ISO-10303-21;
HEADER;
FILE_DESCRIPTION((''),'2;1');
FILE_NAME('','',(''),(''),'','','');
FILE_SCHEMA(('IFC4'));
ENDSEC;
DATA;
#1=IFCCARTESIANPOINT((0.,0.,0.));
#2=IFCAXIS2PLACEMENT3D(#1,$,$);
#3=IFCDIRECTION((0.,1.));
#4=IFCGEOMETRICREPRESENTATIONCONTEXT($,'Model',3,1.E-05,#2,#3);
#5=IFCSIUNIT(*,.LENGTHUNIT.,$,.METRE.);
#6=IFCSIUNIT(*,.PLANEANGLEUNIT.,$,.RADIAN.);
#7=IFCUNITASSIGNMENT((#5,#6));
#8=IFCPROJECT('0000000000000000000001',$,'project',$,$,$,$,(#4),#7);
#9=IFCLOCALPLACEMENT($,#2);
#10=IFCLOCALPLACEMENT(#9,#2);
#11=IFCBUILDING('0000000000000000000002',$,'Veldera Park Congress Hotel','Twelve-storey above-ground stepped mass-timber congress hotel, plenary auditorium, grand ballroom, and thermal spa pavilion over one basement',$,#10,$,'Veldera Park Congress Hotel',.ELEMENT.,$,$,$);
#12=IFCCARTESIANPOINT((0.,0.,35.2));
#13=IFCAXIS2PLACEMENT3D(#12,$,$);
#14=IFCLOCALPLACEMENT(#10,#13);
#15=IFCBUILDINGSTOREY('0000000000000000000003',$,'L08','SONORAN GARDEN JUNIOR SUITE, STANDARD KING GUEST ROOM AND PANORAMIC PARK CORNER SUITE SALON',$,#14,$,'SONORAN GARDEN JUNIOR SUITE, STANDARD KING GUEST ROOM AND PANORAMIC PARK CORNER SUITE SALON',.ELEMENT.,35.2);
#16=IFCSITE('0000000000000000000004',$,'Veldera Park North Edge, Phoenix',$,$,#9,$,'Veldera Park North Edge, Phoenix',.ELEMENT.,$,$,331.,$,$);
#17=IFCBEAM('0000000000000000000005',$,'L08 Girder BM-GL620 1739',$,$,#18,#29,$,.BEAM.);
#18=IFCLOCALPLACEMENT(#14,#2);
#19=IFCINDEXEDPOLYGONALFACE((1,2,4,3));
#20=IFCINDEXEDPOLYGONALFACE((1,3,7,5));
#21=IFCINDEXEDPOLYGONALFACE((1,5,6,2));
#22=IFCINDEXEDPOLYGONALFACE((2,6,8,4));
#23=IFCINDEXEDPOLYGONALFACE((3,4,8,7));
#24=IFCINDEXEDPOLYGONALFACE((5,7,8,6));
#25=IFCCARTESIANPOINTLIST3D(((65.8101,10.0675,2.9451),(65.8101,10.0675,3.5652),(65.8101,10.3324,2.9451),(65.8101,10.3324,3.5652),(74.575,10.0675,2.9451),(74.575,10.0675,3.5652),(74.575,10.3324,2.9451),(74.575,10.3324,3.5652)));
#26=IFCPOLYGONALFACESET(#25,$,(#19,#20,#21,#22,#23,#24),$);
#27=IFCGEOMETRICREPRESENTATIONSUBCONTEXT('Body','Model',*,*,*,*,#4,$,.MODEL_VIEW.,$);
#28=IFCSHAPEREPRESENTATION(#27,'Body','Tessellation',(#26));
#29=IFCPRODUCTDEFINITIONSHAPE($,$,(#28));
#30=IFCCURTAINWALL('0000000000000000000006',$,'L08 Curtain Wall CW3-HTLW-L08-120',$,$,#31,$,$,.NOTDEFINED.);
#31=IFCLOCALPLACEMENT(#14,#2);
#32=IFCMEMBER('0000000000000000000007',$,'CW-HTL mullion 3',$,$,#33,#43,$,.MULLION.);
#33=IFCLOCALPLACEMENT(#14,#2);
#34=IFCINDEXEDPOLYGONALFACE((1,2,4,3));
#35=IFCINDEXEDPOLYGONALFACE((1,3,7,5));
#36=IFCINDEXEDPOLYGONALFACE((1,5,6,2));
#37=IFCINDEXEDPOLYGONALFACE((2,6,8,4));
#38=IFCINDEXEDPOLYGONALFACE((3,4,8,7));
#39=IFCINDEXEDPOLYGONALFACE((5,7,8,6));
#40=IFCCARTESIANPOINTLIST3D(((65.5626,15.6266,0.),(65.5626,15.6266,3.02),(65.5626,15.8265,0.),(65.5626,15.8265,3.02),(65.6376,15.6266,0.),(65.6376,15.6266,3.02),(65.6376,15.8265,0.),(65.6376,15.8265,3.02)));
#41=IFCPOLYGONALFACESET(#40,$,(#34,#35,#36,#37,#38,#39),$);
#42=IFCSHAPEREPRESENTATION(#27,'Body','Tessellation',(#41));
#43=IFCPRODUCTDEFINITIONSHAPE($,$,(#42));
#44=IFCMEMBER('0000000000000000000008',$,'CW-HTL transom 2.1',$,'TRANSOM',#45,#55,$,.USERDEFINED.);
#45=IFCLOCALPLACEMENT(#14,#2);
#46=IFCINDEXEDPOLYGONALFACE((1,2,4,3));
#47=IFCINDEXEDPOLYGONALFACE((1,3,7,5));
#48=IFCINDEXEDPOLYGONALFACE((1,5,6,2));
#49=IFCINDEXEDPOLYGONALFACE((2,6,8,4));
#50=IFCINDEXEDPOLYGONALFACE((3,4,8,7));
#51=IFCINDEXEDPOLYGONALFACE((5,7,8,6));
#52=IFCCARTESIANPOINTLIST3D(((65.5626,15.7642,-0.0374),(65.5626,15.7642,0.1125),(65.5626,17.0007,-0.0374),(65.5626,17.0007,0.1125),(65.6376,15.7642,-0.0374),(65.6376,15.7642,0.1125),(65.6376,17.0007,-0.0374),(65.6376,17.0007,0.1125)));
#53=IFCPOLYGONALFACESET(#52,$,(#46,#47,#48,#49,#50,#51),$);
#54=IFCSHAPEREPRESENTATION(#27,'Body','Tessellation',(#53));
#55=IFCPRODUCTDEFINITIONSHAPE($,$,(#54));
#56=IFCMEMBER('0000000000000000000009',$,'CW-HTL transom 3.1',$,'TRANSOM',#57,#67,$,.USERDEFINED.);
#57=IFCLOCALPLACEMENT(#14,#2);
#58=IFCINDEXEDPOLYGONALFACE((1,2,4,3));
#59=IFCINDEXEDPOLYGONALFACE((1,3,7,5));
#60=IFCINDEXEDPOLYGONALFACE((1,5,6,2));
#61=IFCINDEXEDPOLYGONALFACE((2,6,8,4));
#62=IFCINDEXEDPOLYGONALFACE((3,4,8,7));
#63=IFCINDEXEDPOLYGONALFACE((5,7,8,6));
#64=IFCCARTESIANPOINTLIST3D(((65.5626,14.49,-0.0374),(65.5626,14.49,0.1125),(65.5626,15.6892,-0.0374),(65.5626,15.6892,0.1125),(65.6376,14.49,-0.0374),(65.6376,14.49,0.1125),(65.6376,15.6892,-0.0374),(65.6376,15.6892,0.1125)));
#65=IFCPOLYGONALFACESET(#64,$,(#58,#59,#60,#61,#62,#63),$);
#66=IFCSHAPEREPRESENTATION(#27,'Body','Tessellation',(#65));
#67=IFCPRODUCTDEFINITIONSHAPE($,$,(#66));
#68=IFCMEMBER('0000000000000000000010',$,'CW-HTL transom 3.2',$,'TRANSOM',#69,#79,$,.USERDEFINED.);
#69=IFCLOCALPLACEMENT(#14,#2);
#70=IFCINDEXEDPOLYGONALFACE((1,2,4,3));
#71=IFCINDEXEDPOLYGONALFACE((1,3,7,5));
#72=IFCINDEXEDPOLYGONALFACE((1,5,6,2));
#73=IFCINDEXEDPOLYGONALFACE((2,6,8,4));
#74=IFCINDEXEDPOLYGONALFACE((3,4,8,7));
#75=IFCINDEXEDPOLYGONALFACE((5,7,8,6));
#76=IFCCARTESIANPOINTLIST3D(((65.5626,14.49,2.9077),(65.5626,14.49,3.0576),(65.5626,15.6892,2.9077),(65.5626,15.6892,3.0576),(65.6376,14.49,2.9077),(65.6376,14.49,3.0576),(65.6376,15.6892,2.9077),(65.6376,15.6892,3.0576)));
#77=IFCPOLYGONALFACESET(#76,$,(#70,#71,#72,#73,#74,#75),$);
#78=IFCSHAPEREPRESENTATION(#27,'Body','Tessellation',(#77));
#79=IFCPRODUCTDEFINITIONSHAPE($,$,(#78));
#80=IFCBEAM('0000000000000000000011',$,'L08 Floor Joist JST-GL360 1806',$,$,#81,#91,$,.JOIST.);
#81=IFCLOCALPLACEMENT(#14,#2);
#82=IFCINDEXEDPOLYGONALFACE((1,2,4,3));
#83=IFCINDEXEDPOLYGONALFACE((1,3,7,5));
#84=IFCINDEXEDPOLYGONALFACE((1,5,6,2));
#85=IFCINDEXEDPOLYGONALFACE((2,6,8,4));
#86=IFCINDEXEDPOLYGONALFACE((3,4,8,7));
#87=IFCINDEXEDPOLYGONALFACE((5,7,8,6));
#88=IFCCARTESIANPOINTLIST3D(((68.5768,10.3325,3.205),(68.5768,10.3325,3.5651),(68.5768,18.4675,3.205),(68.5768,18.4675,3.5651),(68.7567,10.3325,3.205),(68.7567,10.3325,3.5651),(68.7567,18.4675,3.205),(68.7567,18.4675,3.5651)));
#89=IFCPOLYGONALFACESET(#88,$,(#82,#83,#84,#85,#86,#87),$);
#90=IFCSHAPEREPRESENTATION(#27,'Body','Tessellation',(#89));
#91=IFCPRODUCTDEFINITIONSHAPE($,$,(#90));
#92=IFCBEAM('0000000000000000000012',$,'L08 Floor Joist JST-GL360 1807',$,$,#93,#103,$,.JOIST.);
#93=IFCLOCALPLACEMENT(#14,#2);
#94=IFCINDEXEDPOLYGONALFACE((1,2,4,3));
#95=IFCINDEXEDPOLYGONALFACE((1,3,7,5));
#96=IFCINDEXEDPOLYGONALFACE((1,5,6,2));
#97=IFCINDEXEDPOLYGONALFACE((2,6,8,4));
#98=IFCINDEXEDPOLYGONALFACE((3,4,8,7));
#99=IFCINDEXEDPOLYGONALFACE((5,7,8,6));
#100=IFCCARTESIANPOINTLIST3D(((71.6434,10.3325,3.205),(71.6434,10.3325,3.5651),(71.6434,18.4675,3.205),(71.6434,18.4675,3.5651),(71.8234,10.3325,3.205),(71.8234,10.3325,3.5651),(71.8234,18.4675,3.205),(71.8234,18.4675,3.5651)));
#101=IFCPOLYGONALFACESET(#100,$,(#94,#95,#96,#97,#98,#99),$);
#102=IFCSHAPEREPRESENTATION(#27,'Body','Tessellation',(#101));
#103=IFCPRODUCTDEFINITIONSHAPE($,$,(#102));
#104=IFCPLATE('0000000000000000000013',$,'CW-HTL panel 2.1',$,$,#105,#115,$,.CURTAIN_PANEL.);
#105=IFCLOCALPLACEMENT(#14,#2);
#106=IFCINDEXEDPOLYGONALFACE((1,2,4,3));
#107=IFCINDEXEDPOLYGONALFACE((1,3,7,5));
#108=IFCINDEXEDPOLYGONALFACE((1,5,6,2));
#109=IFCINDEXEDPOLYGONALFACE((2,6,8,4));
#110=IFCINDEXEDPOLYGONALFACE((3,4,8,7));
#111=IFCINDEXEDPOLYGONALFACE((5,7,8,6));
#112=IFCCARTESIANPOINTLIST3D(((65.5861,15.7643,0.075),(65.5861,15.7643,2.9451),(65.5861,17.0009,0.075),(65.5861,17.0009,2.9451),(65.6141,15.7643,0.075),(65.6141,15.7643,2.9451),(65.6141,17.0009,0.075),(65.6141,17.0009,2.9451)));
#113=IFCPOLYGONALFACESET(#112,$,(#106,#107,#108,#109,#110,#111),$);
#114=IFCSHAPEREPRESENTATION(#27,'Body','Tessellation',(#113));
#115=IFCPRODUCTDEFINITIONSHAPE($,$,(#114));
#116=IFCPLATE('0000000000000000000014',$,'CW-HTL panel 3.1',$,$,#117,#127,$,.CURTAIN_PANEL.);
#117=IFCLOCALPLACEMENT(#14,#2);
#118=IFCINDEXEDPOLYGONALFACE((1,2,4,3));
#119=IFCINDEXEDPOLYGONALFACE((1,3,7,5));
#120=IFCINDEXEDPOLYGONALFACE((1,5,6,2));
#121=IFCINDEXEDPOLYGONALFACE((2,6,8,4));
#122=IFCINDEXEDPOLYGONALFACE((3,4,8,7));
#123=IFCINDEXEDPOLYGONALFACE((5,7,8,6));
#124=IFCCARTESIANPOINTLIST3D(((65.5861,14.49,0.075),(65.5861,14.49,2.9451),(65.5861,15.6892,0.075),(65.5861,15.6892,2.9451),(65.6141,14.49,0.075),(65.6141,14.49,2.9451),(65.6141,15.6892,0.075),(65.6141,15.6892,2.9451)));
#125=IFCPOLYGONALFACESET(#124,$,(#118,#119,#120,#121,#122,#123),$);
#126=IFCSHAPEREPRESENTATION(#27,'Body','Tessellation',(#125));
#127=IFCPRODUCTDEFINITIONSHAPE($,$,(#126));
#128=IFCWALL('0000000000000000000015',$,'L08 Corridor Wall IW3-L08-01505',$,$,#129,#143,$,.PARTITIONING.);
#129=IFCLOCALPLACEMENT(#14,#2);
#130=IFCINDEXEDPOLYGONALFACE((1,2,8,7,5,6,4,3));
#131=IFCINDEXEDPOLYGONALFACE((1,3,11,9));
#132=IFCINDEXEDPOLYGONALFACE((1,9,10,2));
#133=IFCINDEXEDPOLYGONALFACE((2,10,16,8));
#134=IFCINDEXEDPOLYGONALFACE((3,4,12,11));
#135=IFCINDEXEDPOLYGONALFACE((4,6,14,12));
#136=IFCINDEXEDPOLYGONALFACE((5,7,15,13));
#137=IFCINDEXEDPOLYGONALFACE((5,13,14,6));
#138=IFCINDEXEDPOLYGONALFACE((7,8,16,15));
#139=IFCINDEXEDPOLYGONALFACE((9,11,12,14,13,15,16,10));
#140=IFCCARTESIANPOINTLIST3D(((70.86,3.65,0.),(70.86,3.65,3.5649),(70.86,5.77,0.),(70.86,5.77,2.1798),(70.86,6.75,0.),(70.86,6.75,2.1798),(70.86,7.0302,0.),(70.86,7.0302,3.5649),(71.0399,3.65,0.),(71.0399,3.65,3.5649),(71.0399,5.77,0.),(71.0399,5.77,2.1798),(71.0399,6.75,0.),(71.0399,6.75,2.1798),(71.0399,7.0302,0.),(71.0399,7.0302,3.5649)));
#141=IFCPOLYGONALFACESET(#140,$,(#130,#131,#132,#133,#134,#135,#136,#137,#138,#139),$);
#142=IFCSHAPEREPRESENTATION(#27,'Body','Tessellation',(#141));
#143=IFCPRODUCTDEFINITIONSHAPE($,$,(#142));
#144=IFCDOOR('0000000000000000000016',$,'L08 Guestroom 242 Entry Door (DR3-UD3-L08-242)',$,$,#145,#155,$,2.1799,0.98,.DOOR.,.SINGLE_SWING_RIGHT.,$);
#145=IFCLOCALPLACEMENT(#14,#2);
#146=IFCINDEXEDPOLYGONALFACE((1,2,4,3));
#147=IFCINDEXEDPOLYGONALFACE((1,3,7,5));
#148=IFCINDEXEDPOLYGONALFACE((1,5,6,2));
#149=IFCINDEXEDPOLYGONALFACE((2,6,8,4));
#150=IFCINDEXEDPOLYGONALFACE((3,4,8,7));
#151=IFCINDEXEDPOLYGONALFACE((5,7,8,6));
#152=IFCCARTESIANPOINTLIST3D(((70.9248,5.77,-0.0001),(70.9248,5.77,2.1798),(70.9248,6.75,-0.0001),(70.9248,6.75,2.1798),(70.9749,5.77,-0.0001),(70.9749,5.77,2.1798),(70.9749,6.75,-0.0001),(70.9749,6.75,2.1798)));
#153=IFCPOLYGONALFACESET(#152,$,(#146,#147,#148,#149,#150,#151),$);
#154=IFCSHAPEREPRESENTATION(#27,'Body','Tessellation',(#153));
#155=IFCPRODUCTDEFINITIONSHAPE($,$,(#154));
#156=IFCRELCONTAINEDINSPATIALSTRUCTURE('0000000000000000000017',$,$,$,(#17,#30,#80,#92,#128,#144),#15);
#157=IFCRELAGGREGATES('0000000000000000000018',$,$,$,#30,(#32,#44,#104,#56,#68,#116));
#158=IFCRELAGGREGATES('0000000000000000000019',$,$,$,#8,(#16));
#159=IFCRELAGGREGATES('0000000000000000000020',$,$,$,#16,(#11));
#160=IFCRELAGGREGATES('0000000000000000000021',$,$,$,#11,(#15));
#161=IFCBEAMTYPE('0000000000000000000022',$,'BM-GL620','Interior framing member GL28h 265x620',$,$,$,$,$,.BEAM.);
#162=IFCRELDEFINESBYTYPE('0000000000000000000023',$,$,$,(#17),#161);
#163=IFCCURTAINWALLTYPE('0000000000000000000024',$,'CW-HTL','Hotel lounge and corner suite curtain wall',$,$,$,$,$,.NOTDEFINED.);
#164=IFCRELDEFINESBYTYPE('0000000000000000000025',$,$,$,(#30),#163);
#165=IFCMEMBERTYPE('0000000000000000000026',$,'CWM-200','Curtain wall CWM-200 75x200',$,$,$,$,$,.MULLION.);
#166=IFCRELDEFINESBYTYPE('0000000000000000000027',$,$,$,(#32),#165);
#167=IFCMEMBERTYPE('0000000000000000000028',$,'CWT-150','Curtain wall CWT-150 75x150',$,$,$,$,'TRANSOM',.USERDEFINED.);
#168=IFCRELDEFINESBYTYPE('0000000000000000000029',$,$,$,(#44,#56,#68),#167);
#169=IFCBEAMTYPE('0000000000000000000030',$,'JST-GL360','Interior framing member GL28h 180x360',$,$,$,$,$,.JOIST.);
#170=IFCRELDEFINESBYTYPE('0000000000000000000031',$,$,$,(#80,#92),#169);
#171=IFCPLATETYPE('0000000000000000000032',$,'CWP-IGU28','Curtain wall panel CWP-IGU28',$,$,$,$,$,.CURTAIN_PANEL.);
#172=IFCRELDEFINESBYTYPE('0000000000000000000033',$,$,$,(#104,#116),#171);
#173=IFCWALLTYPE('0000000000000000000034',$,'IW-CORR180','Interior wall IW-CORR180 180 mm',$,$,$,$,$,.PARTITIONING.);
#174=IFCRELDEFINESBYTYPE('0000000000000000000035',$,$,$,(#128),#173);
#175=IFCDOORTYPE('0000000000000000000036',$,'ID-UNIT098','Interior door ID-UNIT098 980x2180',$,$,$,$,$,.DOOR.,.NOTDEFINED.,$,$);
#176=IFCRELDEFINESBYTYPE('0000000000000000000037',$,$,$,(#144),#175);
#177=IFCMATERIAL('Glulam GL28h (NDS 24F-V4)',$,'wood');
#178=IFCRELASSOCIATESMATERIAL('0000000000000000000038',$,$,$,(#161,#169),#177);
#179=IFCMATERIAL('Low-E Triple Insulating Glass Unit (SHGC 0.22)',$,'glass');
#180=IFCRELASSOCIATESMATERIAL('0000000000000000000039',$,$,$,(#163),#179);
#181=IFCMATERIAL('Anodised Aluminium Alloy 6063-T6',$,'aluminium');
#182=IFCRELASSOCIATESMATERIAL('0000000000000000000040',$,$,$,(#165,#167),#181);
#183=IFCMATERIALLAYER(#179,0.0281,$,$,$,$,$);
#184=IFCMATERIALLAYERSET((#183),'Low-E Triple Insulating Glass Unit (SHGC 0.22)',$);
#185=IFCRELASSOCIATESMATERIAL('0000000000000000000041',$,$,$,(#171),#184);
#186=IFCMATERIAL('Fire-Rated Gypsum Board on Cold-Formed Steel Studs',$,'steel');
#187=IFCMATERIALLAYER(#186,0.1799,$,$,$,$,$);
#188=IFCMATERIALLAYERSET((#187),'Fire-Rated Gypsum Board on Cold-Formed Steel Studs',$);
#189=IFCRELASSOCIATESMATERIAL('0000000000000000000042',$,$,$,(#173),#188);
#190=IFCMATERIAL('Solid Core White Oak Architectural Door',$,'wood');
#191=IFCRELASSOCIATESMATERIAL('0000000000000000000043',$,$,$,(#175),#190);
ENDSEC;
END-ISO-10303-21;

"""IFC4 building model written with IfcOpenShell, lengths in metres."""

from ifc_helpers import new_model, si_unit, direction, frame, frame_2d, origin, origin_2d, place, context, subcontext, project, spatial, rectangle, extrude, material, layer, layer_set, material_profile, profile_set, type_object, element, fill, aggregate, save


model = new_model("IFC4")

# Units and contexts
model_context = context("Model", 3, precision=1e-05, world=origin(), true_north=direction((0.0, 1.0)))
body_context = subcontext(model_context, "Body", "Model", "MODEL_VIEW")
ifc_project = project(units=[si_unit("LENGTHUNIT", "METRE"), si_unit("PLANEANGLEUNIT", "RADIAN")], contexts=[model_context])

# Site, building, storey
site_placement = place(None, origin())
site = spatial("IfcSite", under=ifc_project, at=site_placement, Name="Veldera Park North Edge, Phoenix", LongName="Veldera Park North Edge, Phoenix", CompositionType="ELEMENT", RefElevation=331.0)
building_placement = place(site_placement, origin())
building = spatial("IfcBuilding", under=site, at=building_placement, Name="Veldera Park Congress Hotel", Description="Twelve-storey above-ground stepped mass-timber congress hotel, plenary auditorium, grand ballroom, and thermal spa pavilion over one basement", LongName="Veldera Park Congress Hotel", CompositionType="ELEMENT")
storey_placement = place(building_placement, frame((0.0, 0.0, 35.2)))
storey = spatial("IfcBuildingStorey", under=building, at=storey_placement, Name="L08", Description="SONORAN GARDEN JUNIOR SUITE, STANDARD KING GUEST ROOM AND PANORAMIC PARK CORNER SUITE SALON", LongName="SONORAN GARDEN JUNIOR SUITE, STANDARD KING GUEST ROOM AND PANORAMIC PARK CORNER SUITE SALON", CompositionType="ELEMENT", Elevation=35.2)

# Beam
ifc_material_1 = material(Name="Glulam GL28h (NDS 24F-V4)", Category="wood")
ifc_material_profile_1 = material_profile(ifc_material_1, rectangle(XDim=0.2649, YDim=0.6201, at=origin_2d()), Name="GL28h 265x620")
ifc_profile_set_1 = profile_set([ifc_material_profile_1], Name="Glulam GL28h (NDS 24F-V4)")
beam_type_1 = type_object("IfcBeamType", Name="BM-GL620", Description="Interior framing member GL28h 265x620", PredefinedType="BEAM", material=ifc_profile_set_1)
beam_placement = place(storey_placement, frame((65.8101, 10.2, 3.2551), z_axis=(1.0, 0.0, 0.0), x_axis=(0.0, 1.0, 0.0)))
element("IfcBeam", 1, at=beam_placement, inside=storey, type_object=beam_type_1, Name="L08 Girder BM-GL620 1739", PredefinedType="BEAM", context=body_context, shape_type="SweptSolid", body=[
    extrude(rectangle(XDim=0.2649, YDim=0.6201, at=origin_2d()), origin(), (0.0, 0.0, 1.0), 8.7649),
])

# Curtain wall, members
ifc_material_2 = material(Name="Low-E Triple Insulating Glass Unit (SHGC 0.22)", Category="glass")
curtain_wall_type = type_object("IfcCurtainWallType", Name="CW-HTL", Description="Hotel lounge and corner suite curtain wall", PredefinedType="NOTDEFINED", material=ifc_material_2)
curtain_wall_placement = place(storey_placement, origin())
curtain_wall = element("IfcCurtainWall", 2, at=curtain_wall_placement, inside=storey, type_object=curtain_wall_type, Name="L08 Curtain Wall CW3-HTLW-L08-120", PredefinedType="NOTDEFINED")
ifc_material_3 = material(Name="Anodised Aluminium Alloy 6063-T6", Category="aluminium")
ifc_material_profile_2 = material_profile(ifc_material_3, rectangle(XDim=0.075, YDim=0.2, at=origin_2d()), Name="ALU 75x200")
ifc_profile_set_2 = profile_set([ifc_material_profile_2], Name="Anodised Aluminium Alloy 6063-T6")
member_type_1 = type_object("IfcMemberType", Name="CWM-200", Description="Curtain wall CWM-200 75x200", PredefinedType="MULLION", material=ifc_profile_set_2)
member_1_placement = place(storey_placement, frame((65.6001, 15.7266, 0.0), z_axis=(0.0, 0.0, 1.0), x_axis=(1.0, 0.0, 0.0)))
member_1 = element("IfcMember", 3, at=member_1_placement, type_object=member_type_1, Name="CW-HTL mullion 3", PredefinedType="MULLION", context=body_context, shape_type="SweptSolid", body=[
    extrude(rectangle(XDim=0.075, YDim=0.2, at=origin_2d()), origin(), (0.0, 0.0, 1.0), 3.02),
])
ifc_material_profile_3 = material_profile(ifc_material_3, rectangle(XDim=0.075, YDim=0.1499, at=origin_2d()), Name="ALU 75x150")
ifc_profile_set_3 = profile_set([ifc_material_profile_3], Name="Anodised Aluminium Alloy 6063-T6")
member_type_2 = type_object("IfcMemberType", Name="CWT-150", Description="Curtain wall CWT-150 75x150", ElementType="TRANSOM", PredefinedType="USERDEFINED", material=ifc_profile_set_3)
member_2_placement = place(storey_placement, frame((65.6001, 17.0007, 0.0376), z_axis=(0.0, -1.0, 0.0), x_axis=(1.0, 0.0, 0.0)))
member_2 = element("IfcMember", 4, at=member_2_placement, type_object=member_type_2, Name="CW-HTL transom 2.1", ObjectType="TRANSOM", PredefinedType="USERDEFINED", context=body_context, shape_type="SweptSolid", body=[
    extrude(rectangle(XDim=0.075, YDim=0.1499, at=origin_2d()), origin(), (0.0, 0.0, 1.0), 1.2366),
])
member_3_placement = place(storey_placement, frame((65.6001, 15.6892, 0.0376), z_axis=(0.0, -1.0, 0.0), x_axis=(1.0, 0.0, 0.0)))
member_3 = element("IfcMember", 5, at=member_3_placement, type_object=member_type_2, Name="CW-HTL transom 3.1", ObjectType="TRANSOM", PredefinedType="USERDEFINED", context=body_context, shape_type="SweptSolid", body=[
    extrude(rectangle(XDim=0.075, YDim=0.1499, at=origin_2d()), origin(), (0.0, 0.0, 1.0), 1.1992),
])
member_4_placement = place(storey_placement, frame((65.6001, 15.6892, 2.9827), z_axis=(0.0, -1.0, 0.0), x_axis=(1.0, 0.0, 0.0)))
member_4 = element("IfcMember", 6, at=member_4_placement, type_object=member_type_2, Name="CW-HTL transom 3.2", ObjectType="TRANSOM", PredefinedType="USERDEFINED", context=body_context, shape_type="SweptSolid", body=[
    extrude(rectangle(XDim=0.075, YDim=0.1499, at=origin_2d()), origin(), (0.0, 0.0, 1.0), 1.1992),
])

# Beams
ifc_material_profile_4 = material_profile(ifc_material_1, rectangle(XDim=0.1799, YDim=0.3601, at=origin_2d()), Name="GL28h 180x360")
ifc_profile_set_4 = profile_set([ifc_material_profile_4], Name="Glulam GL28h (NDS 24F-V4)")
beam_type_2 = type_object("IfcBeamType", Name="JST-GL360", Description="Interior framing member GL28h 180x360", PredefinedType="JOIST", material=ifc_profile_set_4)
for number, where, z_axis, x_axis, name in (
    (7, (68.6667, 10.3325, 3.385), (0.0, 1.0, 0.0), (-1.0, 0.0, 0.0), "L08 Floor Joist JST-GL360 1806"),
    (8, (71.7334, 10.3325, 3.385), (0.0, 1.0, 0.0), (-1.0, 0.0, 0.0), "L08 Floor Joist JST-GL360 1807"),
):
    element("IfcBeam", number, at=place(storey_placement, frame(where, z_axis=z_axis, x_axis=x_axis)), inside=storey, type_object=beam_type_2, Name=name, PredefinedType="JOIST", context=body_context, shape_type="SweptSolid", body=[
        extrude(rectangle(XDim=0.1799, YDim=0.3601, at=origin_2d()), origin(), (0.0, 0.0, 1.0), 8.135),
    ])

# Plates
ifc_layer_1 = layer(ifc_material_2, 0.0281)
ifc_layer_set_1 = layer_set([ifc_layer_1], Name="Low-E Triple Insulating Glass Unit (SHGC 0.22)")
plate_type = type_object("IfcPlateType", Name="CWP-IGU28", Description="Curtain wall panel CWP-IGU28", PredefinedType="CURTAIN_PANEL", material=ifc_layer_set_1)
plate_1_placement = place(storey_placement, frame((65.6001, 16.3826, 0.075), z_axis=(0.0, 0.0, 1.0), x_axis=(0.0, -1.0, 0.0)))
plate_1 = element("IfcPlate", 9, at=plate_1_placement, type_object=plate_type, Name="CW-HTL panel 2.1", PredefinedType="CURTAIN_PANEL", context=body_context, shape_type="SweptSolid", body=[
    extrude(rectangle(XDim=1.2366, YDim=0.0281, at=origin_2d()), origin(), (0.0, 0.0, 1.0), 2.8701),
])
plate_2_placement = place(storey_placement, frame((65.6001, 15.0896, 0.075), z_axis=(0.0, 0.0, 1.0), x_axis=(0.0, -1.0, 0.0)))
plate_2 = element("IfcPlate", 10, at=plate_2_placement, type_object=plate_type, Name="CW-HTL panel 3.1", PredefinedType="CURTAIN_PANEL", context=body_context, shape_type="SweptSolid", body=[
    extrude(rectangle(XDim=1.1992, YDim=0.0281, at=origin_2d()), origin(), (0.0, 0.0, 1.0), 2.8701),
])
aggregate(curtain_wall, [member_1, member_2, plate_1, member_3, member_4, plate_2])

# Wall, opening, door
ifc_material_4 = material(Name="Fire-Rated Gypsum Board on Cold-Formed Steel Studs", Category="steel")
ifc_layer_2 = layer(ifc_material_4, 0.1799)
ifc_layer_set_2 = layer_set([ifc_layer_2], Name="Fire-Rated Gypsum Board on Cold-Formed Steel Studs")
wall_type_1 = type_object("IfcWallType", Name="IW-CORR180", Description="Interior wall IW-CORR180 180 mm", PredefinedType="PARTITIONING", material=ifc_layer_set_2)
wall_1_placement = place(storey_placement, frame((70.95, 7.03, 0.0), z_axis=(0.0, 0.0, 1.0), x_axis=(0.0, -1.0, 0.0)))
wall_1 = element("IfcWall", 11, at=wall_1_placement, inside=storey, type_object=wall_type_1, Name="L08 Corridor Wall IW3-L08-01505", PredefinedType="PARTITIONING", context=body_context, shape_type="SweptSolid", body=[
    extrude(rectangle(XDim=3.3801, YDim=0.1799, at=frame_2d((1.6899, 0.0))), origin(), (0.0, 0.0, 1.0), 3.5649),
])
opening_1_placement = place(wall_1_placement, frame((0.28, 0.0, 0.0)))
opening_1 = element("IfcOpeningElement", 12, at=opening_1_placement, cuts=wall_1, PredefinedType="OPENING", context=body_context, shape_type="SweptSolid", body=[
    extrude(rectangle(XDim=0.98, YDim=2.1799, at=frame_2d((0.49, 1.0898))), frame((0.0, 0.1021, 0.0), z_axis=(0.0, -1.0, 0.0), x_axis=(1.0, 0.0, 0.0)), (0.0, 0.0, 1.0), 0.2039),
])
ifc_material_5 = material(Name="Solid Core White Oak Architectural Door", Category="wood")
door_type = type_object("IfcDoorType", Name="ID-UNIT098", Description="Interior door ID-UNIT098 980x2180", OperationType="NOTDEFINED", PredefinedType="DOOR", material=ifc_material_5)
door_1_placement = place(opening_1_placement, origin())
door_1 = element("IfcDoor", 13, at=door_1_placement, inside=storey, type_object=door_type, Name="L08 Guestroom 242 Entry Door (DR3-UD3-L08-242)", OperationType="SINGLE_SWING_RIGHT", OverallHeight=2.1799, OverallWidth=0.98, PredefinedType="DOOR", context=body_context, shape_type="SweptSolid", body=[
    extrude(rectangle(XDim=0.98, YDim=2.1799, at=frame_2d((0.49, 1.0898))), frame((0.0, 0.0249, 0.0), z_axis=(0.0, -1.0, 0.0), x_axis=(1.0, 0.0, 0.0)), (0.0, 0.0, 1.0), 0.05),
])
fill(opening_1, door_1)

save(model, "model.ifc")
